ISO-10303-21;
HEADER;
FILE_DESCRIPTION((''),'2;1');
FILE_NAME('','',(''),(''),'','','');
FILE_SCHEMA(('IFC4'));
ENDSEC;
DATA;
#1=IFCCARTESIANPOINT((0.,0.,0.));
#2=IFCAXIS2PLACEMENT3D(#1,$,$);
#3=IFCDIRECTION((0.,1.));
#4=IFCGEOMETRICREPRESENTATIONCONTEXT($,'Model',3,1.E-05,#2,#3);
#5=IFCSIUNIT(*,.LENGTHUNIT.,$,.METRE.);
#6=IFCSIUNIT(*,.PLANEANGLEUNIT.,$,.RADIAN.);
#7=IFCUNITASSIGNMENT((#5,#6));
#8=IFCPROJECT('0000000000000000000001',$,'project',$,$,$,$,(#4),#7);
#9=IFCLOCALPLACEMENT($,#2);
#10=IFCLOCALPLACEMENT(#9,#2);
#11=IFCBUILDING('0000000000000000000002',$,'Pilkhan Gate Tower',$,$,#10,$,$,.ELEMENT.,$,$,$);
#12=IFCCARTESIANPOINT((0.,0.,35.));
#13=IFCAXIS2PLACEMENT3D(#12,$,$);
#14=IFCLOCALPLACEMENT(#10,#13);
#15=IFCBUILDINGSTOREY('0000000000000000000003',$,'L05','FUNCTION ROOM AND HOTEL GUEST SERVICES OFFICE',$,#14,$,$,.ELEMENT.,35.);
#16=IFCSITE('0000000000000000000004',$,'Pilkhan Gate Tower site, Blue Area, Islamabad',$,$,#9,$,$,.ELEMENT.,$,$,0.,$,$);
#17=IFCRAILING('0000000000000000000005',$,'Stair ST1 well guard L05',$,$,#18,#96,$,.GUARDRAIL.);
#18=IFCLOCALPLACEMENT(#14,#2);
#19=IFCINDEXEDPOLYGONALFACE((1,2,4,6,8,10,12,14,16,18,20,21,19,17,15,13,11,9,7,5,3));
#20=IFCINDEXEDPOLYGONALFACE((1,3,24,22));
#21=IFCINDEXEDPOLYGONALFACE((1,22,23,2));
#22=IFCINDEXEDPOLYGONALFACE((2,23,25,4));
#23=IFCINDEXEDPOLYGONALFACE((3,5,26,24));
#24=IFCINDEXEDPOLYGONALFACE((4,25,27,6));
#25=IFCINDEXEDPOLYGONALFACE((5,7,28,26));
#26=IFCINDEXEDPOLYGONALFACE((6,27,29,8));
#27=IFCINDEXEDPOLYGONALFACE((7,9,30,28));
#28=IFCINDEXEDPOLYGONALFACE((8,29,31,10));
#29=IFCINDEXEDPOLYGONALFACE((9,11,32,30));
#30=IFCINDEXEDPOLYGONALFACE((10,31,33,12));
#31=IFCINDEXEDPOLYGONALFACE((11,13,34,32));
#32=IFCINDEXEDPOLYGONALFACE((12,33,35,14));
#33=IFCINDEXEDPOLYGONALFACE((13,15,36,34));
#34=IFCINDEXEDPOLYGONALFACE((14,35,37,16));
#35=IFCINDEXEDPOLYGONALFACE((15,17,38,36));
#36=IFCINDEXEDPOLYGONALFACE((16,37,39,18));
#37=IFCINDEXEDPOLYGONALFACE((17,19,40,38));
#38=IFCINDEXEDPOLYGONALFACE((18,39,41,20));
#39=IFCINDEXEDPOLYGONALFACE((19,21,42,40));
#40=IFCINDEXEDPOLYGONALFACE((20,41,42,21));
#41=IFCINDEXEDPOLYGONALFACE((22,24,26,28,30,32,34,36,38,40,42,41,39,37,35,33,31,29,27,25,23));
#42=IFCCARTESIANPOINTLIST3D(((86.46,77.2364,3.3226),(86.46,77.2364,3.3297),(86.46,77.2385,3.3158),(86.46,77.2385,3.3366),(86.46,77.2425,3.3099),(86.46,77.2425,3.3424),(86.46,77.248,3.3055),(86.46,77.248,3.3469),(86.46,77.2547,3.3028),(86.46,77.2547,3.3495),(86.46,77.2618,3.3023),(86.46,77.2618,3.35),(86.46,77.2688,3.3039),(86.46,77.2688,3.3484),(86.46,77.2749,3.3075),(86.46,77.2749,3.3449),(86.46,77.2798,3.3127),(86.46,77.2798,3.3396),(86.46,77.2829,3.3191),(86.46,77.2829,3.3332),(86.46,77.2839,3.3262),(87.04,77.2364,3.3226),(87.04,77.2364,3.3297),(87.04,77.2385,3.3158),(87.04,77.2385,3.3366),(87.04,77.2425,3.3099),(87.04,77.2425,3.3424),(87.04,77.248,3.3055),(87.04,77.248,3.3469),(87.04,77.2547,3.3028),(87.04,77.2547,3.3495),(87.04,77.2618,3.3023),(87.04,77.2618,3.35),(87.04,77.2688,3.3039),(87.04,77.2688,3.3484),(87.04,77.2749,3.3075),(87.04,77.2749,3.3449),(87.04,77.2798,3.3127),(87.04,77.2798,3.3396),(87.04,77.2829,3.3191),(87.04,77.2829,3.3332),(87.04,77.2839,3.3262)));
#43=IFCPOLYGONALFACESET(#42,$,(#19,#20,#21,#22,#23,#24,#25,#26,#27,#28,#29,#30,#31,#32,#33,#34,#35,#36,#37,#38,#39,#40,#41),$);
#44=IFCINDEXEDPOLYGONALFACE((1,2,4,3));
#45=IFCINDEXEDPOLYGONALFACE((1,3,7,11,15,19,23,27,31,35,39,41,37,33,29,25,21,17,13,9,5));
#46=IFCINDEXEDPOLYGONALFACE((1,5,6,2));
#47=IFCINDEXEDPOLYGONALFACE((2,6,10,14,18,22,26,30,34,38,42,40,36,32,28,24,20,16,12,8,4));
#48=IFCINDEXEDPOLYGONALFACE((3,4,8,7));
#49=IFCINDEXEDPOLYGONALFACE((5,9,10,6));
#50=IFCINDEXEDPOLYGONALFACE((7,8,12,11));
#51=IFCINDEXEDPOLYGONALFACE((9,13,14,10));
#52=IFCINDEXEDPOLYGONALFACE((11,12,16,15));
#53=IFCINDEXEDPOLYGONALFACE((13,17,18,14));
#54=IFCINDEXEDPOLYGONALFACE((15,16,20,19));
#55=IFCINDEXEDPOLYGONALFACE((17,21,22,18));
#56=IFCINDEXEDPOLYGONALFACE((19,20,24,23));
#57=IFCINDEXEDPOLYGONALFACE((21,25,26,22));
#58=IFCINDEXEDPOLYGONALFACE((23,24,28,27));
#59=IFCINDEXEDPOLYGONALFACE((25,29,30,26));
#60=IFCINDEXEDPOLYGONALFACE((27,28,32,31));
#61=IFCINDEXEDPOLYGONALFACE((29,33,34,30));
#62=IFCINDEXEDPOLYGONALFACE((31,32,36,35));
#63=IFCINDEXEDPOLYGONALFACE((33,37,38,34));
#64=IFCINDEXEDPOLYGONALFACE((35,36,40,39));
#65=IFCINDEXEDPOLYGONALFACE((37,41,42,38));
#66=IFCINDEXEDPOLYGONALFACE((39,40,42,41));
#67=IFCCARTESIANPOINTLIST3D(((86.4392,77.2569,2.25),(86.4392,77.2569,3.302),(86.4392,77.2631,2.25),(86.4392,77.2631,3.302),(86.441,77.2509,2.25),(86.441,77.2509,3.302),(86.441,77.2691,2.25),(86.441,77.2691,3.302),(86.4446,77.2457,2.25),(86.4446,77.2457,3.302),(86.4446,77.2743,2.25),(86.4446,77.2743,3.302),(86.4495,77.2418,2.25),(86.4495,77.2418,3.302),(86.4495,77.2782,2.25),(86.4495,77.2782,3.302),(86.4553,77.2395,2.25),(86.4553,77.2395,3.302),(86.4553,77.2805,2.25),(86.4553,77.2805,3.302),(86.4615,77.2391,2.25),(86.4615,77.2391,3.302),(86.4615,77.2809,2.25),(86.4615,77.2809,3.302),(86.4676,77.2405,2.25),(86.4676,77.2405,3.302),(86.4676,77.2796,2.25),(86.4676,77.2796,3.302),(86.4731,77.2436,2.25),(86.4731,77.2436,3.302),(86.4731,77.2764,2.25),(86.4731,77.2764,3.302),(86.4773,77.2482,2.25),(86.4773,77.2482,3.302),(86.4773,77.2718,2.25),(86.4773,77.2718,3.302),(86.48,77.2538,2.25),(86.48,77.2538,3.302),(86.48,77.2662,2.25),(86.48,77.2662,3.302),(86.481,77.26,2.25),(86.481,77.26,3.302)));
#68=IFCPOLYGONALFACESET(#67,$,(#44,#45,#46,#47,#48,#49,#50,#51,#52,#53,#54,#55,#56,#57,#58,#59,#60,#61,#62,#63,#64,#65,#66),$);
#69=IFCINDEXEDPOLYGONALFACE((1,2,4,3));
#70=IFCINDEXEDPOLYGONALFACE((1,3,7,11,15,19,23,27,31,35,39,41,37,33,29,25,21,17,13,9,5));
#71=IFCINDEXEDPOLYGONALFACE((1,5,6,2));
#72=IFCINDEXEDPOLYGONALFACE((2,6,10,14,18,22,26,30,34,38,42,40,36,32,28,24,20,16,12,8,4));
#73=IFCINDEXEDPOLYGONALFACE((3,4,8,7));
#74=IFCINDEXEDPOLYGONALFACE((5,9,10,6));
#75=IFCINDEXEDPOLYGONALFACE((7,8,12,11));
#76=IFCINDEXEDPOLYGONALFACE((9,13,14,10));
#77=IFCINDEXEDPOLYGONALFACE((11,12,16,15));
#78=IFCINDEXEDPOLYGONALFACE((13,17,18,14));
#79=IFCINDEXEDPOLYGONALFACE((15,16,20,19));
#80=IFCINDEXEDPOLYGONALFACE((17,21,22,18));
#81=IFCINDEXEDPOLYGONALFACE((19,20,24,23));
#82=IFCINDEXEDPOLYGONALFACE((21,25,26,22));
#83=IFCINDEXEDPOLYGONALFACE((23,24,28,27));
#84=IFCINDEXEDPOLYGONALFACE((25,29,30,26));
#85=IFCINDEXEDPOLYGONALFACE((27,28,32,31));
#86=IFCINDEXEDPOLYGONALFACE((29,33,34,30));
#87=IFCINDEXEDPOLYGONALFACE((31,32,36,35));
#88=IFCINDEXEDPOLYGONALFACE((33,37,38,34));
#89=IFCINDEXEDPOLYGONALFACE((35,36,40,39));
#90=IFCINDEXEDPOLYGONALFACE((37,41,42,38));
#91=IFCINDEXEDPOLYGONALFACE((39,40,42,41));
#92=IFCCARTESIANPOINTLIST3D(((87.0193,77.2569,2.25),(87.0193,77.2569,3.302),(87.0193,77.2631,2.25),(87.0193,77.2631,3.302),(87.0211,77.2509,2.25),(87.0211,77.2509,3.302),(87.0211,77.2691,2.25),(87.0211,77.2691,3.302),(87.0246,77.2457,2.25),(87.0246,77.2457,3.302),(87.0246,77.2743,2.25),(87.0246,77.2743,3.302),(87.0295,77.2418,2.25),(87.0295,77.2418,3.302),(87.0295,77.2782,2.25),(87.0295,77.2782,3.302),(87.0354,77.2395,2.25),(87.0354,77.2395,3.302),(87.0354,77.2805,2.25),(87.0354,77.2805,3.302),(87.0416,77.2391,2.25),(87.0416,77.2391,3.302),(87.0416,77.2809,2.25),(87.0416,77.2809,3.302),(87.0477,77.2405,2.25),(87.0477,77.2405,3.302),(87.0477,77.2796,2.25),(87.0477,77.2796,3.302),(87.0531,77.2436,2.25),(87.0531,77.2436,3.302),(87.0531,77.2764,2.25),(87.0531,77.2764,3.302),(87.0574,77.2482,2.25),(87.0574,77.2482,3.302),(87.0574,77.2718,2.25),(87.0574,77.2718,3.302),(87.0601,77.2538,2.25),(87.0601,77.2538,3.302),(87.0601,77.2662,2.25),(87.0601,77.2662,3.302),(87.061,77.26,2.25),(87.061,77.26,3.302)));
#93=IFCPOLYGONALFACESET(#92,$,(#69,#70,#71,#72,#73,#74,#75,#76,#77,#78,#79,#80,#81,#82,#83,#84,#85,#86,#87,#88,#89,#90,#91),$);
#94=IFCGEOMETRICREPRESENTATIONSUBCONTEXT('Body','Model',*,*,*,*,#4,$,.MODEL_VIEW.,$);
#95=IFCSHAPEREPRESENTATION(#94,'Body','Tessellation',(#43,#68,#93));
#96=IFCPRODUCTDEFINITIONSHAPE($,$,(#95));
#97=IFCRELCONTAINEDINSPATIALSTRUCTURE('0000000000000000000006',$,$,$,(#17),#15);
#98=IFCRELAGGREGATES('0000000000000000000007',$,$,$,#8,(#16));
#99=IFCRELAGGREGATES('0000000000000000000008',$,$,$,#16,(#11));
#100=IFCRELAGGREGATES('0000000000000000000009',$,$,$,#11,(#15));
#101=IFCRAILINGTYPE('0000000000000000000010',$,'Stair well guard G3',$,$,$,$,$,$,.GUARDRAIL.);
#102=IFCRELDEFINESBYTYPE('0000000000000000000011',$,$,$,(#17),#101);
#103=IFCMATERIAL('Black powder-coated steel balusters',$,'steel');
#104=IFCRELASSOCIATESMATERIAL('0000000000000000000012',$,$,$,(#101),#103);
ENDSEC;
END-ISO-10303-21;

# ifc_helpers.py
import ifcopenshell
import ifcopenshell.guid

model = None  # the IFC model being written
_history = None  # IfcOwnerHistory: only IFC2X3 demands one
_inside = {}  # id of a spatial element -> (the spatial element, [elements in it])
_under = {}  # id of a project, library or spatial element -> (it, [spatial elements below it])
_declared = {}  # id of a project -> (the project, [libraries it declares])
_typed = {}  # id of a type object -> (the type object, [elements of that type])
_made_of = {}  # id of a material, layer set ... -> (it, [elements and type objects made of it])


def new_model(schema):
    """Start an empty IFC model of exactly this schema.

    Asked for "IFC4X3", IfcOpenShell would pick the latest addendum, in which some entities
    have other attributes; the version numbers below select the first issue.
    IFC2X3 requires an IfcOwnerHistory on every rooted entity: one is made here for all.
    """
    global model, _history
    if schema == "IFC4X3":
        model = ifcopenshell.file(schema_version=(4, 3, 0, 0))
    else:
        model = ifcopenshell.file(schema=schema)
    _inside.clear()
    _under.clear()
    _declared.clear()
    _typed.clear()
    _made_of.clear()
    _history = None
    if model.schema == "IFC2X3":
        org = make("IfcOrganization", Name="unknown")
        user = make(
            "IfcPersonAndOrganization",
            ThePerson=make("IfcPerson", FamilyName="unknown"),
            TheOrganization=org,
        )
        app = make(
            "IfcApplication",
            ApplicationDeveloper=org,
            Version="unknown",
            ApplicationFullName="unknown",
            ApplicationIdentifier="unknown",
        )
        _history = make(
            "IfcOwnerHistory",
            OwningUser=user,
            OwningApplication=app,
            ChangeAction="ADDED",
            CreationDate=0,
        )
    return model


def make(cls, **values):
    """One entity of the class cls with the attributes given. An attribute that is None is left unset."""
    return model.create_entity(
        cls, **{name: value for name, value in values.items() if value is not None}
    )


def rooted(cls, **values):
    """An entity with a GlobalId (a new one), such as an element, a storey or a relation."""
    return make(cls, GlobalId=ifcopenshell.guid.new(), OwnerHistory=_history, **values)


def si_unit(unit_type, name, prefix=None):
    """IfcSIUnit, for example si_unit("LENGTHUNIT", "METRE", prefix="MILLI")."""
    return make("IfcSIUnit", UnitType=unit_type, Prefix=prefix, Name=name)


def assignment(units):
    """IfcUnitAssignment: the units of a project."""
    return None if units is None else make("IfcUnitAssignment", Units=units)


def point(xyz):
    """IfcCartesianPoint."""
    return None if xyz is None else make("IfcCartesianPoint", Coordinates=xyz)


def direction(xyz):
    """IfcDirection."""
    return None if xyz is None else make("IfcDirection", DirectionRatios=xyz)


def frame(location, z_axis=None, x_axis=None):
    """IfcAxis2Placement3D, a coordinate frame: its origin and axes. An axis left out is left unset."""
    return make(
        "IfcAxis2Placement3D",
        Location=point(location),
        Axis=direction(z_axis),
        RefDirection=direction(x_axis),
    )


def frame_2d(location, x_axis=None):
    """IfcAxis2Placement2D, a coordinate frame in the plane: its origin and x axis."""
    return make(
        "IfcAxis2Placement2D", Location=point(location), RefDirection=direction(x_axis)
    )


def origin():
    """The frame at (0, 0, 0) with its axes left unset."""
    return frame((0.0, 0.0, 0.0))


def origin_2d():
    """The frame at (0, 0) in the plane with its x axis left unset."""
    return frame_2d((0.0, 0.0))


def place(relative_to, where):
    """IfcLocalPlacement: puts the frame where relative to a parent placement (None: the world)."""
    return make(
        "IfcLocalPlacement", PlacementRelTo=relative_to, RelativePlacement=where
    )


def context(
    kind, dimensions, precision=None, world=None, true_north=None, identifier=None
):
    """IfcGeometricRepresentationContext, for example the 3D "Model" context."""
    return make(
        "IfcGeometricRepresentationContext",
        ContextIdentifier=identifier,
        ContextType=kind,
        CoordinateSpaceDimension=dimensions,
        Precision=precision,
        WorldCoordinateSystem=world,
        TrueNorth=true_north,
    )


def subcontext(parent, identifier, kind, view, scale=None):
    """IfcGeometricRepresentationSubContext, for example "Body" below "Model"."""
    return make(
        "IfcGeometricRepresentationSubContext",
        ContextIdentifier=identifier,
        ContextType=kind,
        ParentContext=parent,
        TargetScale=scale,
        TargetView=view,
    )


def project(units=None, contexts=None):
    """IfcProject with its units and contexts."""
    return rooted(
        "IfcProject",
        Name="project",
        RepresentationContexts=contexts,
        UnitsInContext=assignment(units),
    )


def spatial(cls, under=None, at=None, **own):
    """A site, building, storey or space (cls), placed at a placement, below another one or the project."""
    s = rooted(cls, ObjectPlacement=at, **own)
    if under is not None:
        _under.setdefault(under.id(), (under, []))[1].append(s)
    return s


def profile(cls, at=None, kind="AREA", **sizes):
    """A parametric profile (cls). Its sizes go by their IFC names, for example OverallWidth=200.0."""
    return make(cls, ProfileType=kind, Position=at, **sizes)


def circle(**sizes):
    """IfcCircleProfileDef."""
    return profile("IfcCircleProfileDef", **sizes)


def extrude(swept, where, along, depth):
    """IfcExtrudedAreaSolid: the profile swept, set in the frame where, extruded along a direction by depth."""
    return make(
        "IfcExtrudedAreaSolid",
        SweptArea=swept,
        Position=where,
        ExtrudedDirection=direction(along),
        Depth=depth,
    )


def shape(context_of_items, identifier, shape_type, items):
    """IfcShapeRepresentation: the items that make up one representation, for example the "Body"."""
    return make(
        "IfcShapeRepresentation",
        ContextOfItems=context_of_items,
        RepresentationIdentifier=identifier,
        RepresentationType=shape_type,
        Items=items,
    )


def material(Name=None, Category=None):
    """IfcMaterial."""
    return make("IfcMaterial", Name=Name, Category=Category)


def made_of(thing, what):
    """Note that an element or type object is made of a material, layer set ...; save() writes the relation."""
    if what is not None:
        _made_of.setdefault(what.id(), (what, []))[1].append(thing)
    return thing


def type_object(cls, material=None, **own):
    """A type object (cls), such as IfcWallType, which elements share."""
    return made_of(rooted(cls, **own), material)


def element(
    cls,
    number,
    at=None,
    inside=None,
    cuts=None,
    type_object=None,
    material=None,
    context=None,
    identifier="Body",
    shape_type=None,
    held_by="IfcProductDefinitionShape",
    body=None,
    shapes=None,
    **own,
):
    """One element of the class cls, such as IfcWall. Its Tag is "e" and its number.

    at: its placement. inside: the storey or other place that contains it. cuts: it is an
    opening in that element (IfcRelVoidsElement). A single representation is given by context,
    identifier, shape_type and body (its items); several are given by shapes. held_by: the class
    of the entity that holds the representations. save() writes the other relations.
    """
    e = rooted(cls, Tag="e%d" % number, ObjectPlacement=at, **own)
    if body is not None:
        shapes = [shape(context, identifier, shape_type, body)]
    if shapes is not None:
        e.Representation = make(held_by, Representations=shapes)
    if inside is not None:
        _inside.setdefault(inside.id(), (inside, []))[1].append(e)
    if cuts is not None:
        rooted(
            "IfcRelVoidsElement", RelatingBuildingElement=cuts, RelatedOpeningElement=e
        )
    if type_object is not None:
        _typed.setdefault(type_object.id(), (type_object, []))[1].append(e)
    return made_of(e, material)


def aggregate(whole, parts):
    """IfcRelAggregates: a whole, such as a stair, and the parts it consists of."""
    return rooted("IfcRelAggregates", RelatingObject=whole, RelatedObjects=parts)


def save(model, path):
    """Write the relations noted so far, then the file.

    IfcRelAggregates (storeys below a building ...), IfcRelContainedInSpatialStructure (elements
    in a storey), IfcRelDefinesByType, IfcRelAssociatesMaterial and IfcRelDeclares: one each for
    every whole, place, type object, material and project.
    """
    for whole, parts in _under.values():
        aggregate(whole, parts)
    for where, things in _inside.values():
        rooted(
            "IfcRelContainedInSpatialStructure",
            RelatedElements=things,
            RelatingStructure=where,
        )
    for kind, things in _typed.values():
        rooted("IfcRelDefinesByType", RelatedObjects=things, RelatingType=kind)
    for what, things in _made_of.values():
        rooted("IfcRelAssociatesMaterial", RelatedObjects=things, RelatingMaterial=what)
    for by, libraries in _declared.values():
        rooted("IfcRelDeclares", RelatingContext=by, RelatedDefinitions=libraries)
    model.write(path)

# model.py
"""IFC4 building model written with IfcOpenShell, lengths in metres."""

from ifc_helpers import new_model, si_unit, direction, frame, origin, origin_2d, place, context, subcontext, project, spatial, circle, extrude, material, type_object, element, save


model = new_model("IFC4")

# Units and contexts
model_context = context("Model", 3, precision=1e-05, world=origin(), true_north=direction((0.0, 1.0)))
body_context = subcontext(model_context, "Body", "Model", "MODEL_VIEW")
ifc_project = project(units=[si_unit("LENGTHUNIT", "METRE"), si_unit("PLANEANGLEUNIT", "RADIAN")], contexts=[model_context])

# Site, building, storey
site_placement = place(None, origin())
site = spatial("IfcSite", under=ifc_project, at=site_placement, Name="Pilkhan Gate Tower site, Blue Area, Islamabad", CompositionType="ELEMENT", RefElevation=0.0)
building_placement = place(site_placement, origin())
building = spatial("IfcBuilding", under=site, at=building_placement, Name="Pilkhan Gate Tower", CompositionType="ELEMENT")
storey_placement = place(building_placement, frame((0.0, 0.0, 35.0)))
storey = spatial("IfcBuildingStorey", under=building, at=storey_placement, Name="L05", Description="FUNCTION ROOM AND HOTEL GUEST SERVICES OFFICE", CompositionType="ELEMENT", Elevation=35.0)

# Railing
ifc_material_1 = material(Name="Black powder-coated steel balusters", Category="steel")
railing_type_1 = type_object("IfcRailingType", Name="Stair well guard G3", PredefinedType="GUARDRAIL", material=ifc_material_1)
for number, where, name in (
    (1, (86.46, 77.26, 2.25), "Stair ST1 well guard L05"),
):
    element("IfcRailing", number, at=place(storey_placement, frame(where)), inside=storey, type_object=railing_type_1, Name=name, PredefinedType="GUARDRAIL", context=body_context, shape_type="SweptSolid", body=[
        extrude(circle(Radius=0.0239, at=origin_2d()), frame((0.0, 0.0, 1.0762), z_axis=(1.0, 0.0, 0.0), x_axis=(0.0, 1.0, 0.0)), (0.0, 0.0, 1.0), 0.5801),
        extrude(circle(Radius=0.021, at=origin_2d()), origin(), (0.0, 0.0, 1.0), 1.052),
        extrude(circle(Radius=0.021, at=origin_2d()), frame((0.5801, 0.0, 0.0)), (0.0, 0.0, 1.0), 1.052),
    ])

save(model, "model.ifc")
